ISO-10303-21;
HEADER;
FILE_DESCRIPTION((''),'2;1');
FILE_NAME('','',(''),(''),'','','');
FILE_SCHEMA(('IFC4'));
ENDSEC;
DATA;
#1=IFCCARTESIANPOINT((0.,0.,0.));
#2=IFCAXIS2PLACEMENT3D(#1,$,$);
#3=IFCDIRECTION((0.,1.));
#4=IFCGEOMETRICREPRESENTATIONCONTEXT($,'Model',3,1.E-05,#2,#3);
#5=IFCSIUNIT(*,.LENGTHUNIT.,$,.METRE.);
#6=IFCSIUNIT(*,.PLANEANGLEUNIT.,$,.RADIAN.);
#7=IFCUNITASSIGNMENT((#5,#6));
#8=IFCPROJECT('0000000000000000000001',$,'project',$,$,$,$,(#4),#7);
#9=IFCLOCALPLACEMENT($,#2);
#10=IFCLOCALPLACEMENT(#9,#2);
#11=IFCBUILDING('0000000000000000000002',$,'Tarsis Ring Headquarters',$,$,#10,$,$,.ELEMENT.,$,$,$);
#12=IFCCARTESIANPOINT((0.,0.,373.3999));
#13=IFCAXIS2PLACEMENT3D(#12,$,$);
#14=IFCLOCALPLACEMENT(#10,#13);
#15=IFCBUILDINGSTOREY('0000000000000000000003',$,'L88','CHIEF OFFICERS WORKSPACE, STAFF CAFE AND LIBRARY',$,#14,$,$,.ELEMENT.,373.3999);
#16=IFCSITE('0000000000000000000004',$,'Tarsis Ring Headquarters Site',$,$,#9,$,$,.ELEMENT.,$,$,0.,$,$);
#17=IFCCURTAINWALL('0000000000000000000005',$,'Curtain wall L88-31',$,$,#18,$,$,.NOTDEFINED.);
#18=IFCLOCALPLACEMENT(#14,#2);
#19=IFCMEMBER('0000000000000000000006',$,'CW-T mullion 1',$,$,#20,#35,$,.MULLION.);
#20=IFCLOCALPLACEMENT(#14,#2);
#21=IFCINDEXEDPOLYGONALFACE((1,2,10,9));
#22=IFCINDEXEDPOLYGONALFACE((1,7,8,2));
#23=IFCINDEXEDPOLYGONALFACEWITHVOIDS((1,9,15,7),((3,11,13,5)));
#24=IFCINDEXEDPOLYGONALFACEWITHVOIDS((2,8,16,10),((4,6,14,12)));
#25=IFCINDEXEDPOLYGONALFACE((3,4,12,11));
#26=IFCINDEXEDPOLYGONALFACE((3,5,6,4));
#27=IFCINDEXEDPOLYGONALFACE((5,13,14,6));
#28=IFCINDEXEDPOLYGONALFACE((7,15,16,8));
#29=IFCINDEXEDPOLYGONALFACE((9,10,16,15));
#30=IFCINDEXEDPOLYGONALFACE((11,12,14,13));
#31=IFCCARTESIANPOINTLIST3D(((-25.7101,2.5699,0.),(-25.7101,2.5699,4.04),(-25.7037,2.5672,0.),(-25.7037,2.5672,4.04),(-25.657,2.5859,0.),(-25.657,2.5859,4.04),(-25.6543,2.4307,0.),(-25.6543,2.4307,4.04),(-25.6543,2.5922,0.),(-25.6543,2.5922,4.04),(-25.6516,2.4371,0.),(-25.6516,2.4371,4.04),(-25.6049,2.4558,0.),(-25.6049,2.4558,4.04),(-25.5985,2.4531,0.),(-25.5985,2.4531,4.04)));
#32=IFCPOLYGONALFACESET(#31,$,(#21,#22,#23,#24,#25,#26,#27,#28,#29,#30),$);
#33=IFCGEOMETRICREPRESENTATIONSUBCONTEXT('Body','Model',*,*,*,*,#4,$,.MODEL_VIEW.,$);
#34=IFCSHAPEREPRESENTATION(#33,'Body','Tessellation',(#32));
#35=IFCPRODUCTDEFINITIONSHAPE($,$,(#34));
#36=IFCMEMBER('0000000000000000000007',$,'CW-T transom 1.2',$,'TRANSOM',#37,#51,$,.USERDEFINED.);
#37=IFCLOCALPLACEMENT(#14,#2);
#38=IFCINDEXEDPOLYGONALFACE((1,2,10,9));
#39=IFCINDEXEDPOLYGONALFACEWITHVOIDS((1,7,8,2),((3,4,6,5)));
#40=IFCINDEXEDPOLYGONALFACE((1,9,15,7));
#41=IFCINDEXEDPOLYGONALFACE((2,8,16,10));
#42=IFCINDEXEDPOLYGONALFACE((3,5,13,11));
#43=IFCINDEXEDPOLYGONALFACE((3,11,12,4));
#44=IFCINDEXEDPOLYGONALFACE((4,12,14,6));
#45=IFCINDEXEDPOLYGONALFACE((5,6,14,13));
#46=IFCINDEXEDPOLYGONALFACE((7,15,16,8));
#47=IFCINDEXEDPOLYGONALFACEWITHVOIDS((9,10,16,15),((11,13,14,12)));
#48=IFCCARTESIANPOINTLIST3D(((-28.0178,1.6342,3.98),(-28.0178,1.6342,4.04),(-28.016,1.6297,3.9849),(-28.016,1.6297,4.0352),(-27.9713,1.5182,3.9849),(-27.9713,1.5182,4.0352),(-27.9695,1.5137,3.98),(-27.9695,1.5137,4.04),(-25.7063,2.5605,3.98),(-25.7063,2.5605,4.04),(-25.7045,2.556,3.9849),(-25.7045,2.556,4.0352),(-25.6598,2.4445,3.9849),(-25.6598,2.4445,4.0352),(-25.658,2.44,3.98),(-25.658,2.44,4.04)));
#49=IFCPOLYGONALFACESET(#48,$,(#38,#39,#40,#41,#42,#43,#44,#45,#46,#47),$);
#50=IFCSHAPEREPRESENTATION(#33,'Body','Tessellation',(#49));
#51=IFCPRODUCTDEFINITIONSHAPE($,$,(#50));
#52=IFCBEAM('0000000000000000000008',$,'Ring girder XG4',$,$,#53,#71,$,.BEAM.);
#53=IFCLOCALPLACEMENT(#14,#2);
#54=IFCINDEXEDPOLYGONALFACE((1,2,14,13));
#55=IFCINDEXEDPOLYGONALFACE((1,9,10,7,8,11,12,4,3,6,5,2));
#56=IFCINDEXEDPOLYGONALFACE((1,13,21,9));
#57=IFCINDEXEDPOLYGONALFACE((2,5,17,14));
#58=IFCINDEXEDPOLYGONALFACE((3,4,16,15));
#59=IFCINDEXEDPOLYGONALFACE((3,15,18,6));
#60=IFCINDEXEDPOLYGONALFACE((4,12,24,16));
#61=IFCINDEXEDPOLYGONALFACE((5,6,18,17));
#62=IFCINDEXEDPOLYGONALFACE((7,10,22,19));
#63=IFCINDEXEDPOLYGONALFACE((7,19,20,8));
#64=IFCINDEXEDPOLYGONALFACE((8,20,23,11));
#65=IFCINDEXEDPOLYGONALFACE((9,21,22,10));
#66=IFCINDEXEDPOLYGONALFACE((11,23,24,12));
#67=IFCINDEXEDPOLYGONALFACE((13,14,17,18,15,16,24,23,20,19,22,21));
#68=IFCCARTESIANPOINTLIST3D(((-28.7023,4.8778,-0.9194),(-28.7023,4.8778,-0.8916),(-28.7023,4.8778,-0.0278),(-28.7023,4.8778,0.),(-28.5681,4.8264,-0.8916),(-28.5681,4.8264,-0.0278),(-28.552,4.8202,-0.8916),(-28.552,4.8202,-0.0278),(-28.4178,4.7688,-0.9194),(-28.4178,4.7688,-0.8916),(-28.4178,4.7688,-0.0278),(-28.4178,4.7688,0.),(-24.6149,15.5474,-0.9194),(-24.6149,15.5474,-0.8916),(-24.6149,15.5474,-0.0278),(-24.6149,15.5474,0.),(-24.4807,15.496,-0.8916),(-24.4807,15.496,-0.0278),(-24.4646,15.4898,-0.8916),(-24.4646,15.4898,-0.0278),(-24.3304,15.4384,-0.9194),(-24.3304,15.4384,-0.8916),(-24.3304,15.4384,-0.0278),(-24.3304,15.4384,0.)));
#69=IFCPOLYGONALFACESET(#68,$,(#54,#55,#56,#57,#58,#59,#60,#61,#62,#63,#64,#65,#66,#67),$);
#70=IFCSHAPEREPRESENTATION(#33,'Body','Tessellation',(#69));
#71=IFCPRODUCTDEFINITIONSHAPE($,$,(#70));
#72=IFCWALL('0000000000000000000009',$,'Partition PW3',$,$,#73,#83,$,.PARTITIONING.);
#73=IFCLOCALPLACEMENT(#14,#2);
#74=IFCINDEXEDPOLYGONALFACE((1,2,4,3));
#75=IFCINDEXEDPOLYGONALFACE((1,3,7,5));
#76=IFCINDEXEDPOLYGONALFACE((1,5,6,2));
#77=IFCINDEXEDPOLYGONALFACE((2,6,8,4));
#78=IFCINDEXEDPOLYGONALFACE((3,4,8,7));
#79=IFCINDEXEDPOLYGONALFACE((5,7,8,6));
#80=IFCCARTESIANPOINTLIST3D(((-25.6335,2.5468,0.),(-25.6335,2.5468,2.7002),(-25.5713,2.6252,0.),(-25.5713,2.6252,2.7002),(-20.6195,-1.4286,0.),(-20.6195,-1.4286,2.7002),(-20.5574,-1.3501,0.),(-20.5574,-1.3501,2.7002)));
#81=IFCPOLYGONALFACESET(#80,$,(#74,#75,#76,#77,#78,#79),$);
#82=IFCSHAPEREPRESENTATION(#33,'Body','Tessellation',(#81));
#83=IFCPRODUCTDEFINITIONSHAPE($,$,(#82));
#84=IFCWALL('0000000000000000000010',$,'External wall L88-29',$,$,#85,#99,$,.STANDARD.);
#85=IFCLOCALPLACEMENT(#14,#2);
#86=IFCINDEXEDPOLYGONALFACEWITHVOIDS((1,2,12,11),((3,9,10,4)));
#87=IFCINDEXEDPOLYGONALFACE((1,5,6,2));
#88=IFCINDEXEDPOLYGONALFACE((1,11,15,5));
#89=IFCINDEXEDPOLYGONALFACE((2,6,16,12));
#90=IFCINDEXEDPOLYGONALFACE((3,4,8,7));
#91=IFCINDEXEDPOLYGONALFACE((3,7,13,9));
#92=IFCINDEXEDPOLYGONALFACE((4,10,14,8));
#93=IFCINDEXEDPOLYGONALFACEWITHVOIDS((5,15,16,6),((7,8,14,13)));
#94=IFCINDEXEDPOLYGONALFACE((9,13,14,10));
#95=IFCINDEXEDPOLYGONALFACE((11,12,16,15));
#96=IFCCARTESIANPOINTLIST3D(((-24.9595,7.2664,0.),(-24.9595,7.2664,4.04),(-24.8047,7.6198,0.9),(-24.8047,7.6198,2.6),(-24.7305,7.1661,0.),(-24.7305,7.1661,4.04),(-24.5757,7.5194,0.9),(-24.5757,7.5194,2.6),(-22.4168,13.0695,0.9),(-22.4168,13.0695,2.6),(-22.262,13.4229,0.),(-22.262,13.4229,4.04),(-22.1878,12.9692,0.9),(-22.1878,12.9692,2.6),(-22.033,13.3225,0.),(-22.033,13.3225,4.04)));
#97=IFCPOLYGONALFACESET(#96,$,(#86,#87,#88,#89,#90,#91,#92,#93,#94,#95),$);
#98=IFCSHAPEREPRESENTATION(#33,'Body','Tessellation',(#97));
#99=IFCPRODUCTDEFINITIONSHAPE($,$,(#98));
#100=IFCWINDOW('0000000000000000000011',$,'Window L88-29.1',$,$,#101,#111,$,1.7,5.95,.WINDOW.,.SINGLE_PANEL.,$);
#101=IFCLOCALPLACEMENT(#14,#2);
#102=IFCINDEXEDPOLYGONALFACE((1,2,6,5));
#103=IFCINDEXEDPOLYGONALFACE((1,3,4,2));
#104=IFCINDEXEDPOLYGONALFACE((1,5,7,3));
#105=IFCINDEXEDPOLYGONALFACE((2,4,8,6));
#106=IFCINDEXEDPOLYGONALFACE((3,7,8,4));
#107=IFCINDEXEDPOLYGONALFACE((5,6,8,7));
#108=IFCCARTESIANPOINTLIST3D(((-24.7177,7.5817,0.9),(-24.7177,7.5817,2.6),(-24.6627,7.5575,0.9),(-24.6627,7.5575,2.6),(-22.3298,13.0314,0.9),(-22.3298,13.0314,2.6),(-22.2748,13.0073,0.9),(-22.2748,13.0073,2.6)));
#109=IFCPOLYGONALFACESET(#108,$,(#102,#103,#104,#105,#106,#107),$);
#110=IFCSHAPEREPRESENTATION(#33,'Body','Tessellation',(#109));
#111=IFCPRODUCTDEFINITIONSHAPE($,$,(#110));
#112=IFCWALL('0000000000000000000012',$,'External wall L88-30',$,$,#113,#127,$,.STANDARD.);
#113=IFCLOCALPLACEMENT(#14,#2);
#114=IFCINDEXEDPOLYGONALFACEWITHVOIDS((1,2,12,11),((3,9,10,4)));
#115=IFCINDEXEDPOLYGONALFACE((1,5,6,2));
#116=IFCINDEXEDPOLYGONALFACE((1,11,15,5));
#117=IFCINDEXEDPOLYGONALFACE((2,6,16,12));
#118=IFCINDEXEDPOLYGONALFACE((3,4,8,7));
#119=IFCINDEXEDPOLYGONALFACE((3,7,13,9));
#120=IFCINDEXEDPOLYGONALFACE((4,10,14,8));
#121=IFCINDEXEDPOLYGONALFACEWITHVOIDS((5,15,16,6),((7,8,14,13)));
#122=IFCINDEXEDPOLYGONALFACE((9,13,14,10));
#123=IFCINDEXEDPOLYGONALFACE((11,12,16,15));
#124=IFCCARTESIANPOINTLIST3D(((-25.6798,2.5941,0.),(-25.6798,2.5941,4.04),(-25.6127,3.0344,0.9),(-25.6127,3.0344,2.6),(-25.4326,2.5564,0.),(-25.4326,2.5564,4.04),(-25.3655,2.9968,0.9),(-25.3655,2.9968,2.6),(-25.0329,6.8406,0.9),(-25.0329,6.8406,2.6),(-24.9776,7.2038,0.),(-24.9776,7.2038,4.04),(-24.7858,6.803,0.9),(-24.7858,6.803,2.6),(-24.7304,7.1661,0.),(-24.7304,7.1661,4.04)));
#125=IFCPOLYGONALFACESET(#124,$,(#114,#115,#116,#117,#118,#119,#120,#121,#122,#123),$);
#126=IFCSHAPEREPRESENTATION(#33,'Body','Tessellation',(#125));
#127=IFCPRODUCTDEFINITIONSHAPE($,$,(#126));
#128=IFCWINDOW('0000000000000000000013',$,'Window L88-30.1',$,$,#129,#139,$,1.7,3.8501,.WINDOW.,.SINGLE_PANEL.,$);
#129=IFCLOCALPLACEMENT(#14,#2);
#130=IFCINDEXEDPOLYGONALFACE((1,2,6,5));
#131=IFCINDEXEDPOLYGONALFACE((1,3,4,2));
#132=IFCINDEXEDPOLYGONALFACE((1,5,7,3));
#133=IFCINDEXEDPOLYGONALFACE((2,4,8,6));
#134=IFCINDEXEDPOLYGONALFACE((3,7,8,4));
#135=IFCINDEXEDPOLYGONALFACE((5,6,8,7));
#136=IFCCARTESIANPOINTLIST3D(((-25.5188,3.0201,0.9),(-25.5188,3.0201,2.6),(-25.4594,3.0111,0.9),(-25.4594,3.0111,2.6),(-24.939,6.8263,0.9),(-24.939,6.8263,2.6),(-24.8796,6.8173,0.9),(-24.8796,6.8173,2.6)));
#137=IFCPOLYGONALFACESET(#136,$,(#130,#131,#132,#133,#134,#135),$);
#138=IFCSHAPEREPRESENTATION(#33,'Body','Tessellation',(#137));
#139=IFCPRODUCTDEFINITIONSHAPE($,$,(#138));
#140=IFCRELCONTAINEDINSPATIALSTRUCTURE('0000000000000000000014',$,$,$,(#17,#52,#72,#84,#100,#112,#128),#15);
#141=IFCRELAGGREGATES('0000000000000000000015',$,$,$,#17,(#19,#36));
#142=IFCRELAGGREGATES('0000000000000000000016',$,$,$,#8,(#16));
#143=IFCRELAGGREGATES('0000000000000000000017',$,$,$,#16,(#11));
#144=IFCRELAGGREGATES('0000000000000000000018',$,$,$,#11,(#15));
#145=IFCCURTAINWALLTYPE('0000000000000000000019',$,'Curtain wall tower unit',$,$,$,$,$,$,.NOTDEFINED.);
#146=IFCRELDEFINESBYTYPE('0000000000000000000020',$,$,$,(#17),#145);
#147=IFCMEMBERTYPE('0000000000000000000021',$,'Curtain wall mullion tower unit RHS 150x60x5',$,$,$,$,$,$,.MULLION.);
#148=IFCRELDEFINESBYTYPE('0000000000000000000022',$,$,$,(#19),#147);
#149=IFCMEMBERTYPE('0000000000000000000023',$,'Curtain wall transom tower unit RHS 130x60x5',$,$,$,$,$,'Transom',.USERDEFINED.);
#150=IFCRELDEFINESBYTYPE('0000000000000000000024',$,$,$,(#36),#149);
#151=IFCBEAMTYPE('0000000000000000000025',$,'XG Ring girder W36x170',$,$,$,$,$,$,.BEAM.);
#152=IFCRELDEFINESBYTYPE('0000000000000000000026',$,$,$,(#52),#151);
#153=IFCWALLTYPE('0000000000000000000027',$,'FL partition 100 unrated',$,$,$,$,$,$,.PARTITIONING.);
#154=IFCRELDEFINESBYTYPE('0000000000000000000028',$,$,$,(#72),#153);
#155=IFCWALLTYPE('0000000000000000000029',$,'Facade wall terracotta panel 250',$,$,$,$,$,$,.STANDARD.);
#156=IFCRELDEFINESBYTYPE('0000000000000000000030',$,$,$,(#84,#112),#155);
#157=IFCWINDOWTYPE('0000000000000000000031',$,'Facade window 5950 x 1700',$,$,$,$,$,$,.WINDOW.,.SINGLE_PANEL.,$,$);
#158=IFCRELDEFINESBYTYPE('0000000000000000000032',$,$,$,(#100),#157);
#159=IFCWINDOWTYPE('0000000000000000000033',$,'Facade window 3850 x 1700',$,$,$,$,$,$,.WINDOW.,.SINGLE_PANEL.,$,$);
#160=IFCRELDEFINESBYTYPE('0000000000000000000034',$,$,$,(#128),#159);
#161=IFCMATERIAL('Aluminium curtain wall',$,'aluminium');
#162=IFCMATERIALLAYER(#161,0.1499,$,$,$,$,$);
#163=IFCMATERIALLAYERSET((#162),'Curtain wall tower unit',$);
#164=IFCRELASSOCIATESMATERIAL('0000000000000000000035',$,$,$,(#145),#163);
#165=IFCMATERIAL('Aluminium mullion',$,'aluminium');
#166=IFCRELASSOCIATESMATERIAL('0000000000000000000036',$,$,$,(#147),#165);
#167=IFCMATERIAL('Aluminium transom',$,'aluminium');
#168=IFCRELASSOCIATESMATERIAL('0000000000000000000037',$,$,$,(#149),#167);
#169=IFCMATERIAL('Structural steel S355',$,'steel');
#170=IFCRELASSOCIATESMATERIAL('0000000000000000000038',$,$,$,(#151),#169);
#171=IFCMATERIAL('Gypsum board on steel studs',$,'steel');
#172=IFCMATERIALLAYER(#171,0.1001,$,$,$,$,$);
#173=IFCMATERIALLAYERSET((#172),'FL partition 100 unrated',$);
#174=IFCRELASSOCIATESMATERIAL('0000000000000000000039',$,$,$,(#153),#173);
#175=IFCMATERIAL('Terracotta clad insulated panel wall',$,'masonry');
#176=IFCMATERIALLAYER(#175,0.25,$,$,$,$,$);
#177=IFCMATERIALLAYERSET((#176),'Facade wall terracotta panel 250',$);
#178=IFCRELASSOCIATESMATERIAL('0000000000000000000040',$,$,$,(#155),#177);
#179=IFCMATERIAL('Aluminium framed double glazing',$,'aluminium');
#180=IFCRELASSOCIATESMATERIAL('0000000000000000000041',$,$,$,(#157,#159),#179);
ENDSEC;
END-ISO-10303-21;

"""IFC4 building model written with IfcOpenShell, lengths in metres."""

from ifc_helpers import new_model, si_unit, direction, frame, frame_2d, origin, origin_2d, place, context, subcontext, project, spatial, rectangle, hollow_rectangle, i_section, extrude, material, layer, layer_set, material_profile, profile_set, type_object, element, fill, aggregate, save


model = new_model("IFC4")

# Units and contexts
model_context = context("Model", 3, precision=1e-05, world=origin(), true_north=direction((0.0, 1.0)))
body_context = subcontext(model_context, "Body", "Model", "MODEL_VIEW")
ifc_project = project(units=[si_unit("LENGTHUNIT", "METRE"), si_unit("PLANEANGLEUNIT", "RADIAN")], contexts=[model_context])

# Site, building, storey
site_placement = place(None, origin())
site = spatial("IfcSite", under=ifc_project, at=site_placement, Name="Tarsis Ring Headquarters Site", CompositionType="ELEMENT", RefElevation=0.0)
building_placement = place(site_placement, origin())
building = spatial("IfcBuilding", under=site, at=building_placement, Name="Tarsis Ring Headquarters", CompositionType="ELEMENT")
storey_placement = place(building_placement, frame((0.0, 0.0, 373.3999)))
storey = spatial("IfcBuildingStorey", under=building, at=storey_placement, Name="L88", Description="CHIEF OFFICERS WORKSPACE, STAFF CAFE AND LIBRARY", CompositionType="ELEMENT", Elevation=373.3999)

# Curtain wall, members
ifc_material_1 = material(Name="Aluminium curtain wall", Category="aluminium")
ifc_layer_1 = layer(ifc_material_1, 0.1499)
ifc_layer_set_1 = layer_set([ifc_layer_1], Name="Curtain wall tower unit")
curtain_wall_type = type_object("IfcCurtainWallType", Name="Curtain wall tower unit", PredefinedType="NOTDEFINED", material=ifc_layer_set_1)
curtain_wall_placement = place(storey_placement, origin())
curtain_wall = element("IfcCurtainWall", 1, at=curtain_wall_placement, inside=storey, type_object=curtain_wall_type, Name="Curtain wall L88-31", PredefinedType="NOTDEFINED")
ifc_material_2 = material(Name="Aluminium mullion", Category="aluminium")
ifc_material_profile_1 = material_profile(ifc_material_2, hollow_rectangle(XDim=0.1499, YDim=0.0601, WallThickness=0.0049, at=origin_2d()), Name="RHS 150x60x5")
ifc_profile_set_1 = profile_set([ifc_material_profile_1], Name="Aluminium mullion")
member_type_1 = type_object("IfcMemberType", Name="Curtain wall mullion tower unit RHS 150x60x5", PredefinedType="MULLION", material=ifc_profile_set_1)
member_1_placement = place(storey_placement, frame((-25.6543, 2.5115, 0.0), z_axis=(0.0, 0.0, 1.0), x_axis=(0.372016, -0.928226, 0.0)))
member_1 = element("IfcMember", 2, at=member_1_placement, type_object=member_type_1, Name="CW-T mullion 1", PredefinedType="MULLION", context=body_context, shape_type="SweptSolid", body=[
    extrude(hollow_rectangle(XDim=0.1499, YDim=0.0601, WallThickness=0.0049, at=origin_2d()), origin(), (0.0, 0.0, 1.0), 4.04),
])
ifc_material_3 = material(Name="Aluminium transom", Category="aluminium")
ifc_material_profile_2 = material_profile(ifc_material_3, hollow_rectangle(XDim=0.1299, YDim=0.0601, WallThickness=0.0049, at=origin_2d()), Name="RHS 130x60x5")
ifc_profile_set_2 = profile_set([ifc_material_profile_2], Name="Aluminium transom")
member_type_2 = type_object("IfcMemberType", Name="Curtain wall transom tower unit RHS 130x60x5", ElementType="Transom", PredefinedType="USERDEFINED", material=ifc_profile_set_2)
member_2_placement = place(storey_placement, frame((-25.6821, 2.5002, 4.01), z_axis=(-0.928247, -0.371965, 0.0), x_axis=(0.371965, -0.928247, 0.0)))
member_2 = element("IfcMember", 3, at=member_2_placement, type_object=member_type_2, Name="CW-T transom 1.2", ObjectType="TRANSOM", PredefinedType="USERDEFINED", context=body_context, shape_type="SweptSolid", body=[
    extrude(hollow_rectangle(XDim=0.1299, YDim=0.0601, WallThickness=0.0049, at=origin_2d()), origin(), (0.0, 0.0, 1.0), 2.4902),
])
aggregate(curtain_wall, [member_1, member_2])

# Beam
ifc_material_4 = material(Name="Structural steel S355", Category="steel")
ifc_material_profile_3 = material_profile(ifc_material_4, i_section(OverallWidth=0.3047, OverallDepth=0.9194, WebThickness=0.0173, FlangeThickness=0.0278, at=origin_2d()), Name="W36x170")
ifc_profile_set_3 = profile_set([ifc_material_profile_3], Name="Structural steel S355")
beam_type = type_object("IfcBeamType", Name="XG Ring girder W36x170", PredefinedType="BEAM", material=ifc_profile_set_3)
beam_placement = place(storey_placement, frame((-24.4727, 15.4929, -0.4597), z_axis=(-0.357734, -0.933823, 0.0), x_axis=(0.933823, -0.357734, 0.0)))
element("IfcBeam", 4, at=beam_placement, inside=storey, type_object=beam_type, Name="Ring girder XG4", PredefinedType="BEAM", context=body_context, shape_type="SweptSolid", body=[
    extrude(i_section(OverallWidth=0.3047, OverallDepth=0.9194, WebThickness=0.0173, FlangeThickness=0.0278, at=origin_2d()), origin(), (0.0, 0.0, 1.0), 11.4258),
])

# Wall
ifc_material_5 = material(Name="Gypsum board on steel studs", Category="steel")
ifc_layer_2 = layer(ifc_material_5, 0.1001)
ifc_layer_set_2 = layer_set([ifc_layer_2], Name="FL partition 100 unrated")
wall_type_1 = type_object("IfcWallType", Name="FL partition 100 unrated", PredefinedType="PARTITIONING", material=ifc_layer_set_2)
wall_1_placement = place(storey_placement, frame((-25.6023, 2.5859, 0.0), z_axis=(0.0, 0.0, 1.0), x_axis=(0.78359, -0.621278, 0.0)))
element("IfcWall", 5, at=wall_1_placement, inside=storey, type_object=wall_type_1, Name="Partition PW3", PredefinedType="PARTITIONING", context=body_context, shape_type="SweptSolid", body=[
    extrude(rectangle(XDim=6.3987, YDim=0.1001, at=frame_2d((3.1992, 0.0))), origin(), (0.0, 0.0, 1.0), 2.7002),
])

# Walls, openings, windows
ifc_material_6 = material(Name="Terracotta clad insulated panel wall", Category="masonry")
ifc_layer_3 = layer(ifc_material_6, 0.25)
ifc_layer_set_3 = layer_set([ifc_layer_3], Name="Facade wall terracotta panel 250")
wall_type_2 = type_object("IfcWallType", Name="Facade wall terracotta panel 250", PredefinedType="STANDARD", material=ifc_layer_set_3)
wall_2_placement = place(storey_placement, frame((-22.1475, 13.3728, 0.0), z_axis=(0.0, 0.0, 1.0), x_axis=(-0.401324, -0.915936, 0.0)))
wall_2 = element("IfcWall", 6, at=wall_2_placement, inside=storey, type_object=wall_type_2, Name="External wall L88-29", PredefinedType="STANDARD", context=body_context, shape_type="SweptSolid", body=[
    extrude(rectangle(XDim=6.7214, YDim=0.25, at=frame_2d((3.3608, 0.0))), origin(), (0.0, 0.0, 1.0), 4.04),
])
opening_1_placement = place(wall_2_placement, frame((0.3857, 0.0, 0.8999)))
opening_1 = element("IfcOpeningElement", 7, at=opening_1_placement, cuts=wall_2, PredefinedType="OPENING", context=body_context, shape_type="SweptSolid", body=[
    extrude(rectangle(XDim=5.95, YDim=1.7, at=frame_2d((2.9751, 0.8501))), frame((0.0, 0.135, 0.0), z_axis=(0.0, -1.0, 0.0), x_axis=(1.0, 0.0, 0.0)), (0.0, 0.0, 1.0), 0.27),
])
ifc_material_7 = material(Name="Aluminium framed double glazing", Category="aluminium")
window_type_1 = type_object("IfcWindowType", Name="Facade window 5950 x 1700", PartitioningType="SINGLE_PANEL", PredefinedType="WINDOW", material=ifc_material_7)
window_1_placement = place(opening_1_placement, origin())
window_1 = element("IfcWindow", 8, at=window_1_placement, inside=storey, type_object=window_type_1, Name="Window L88-29.1", OverallHeight=1.7, OverallWidth=5.95, PartitioningType="SINGLE_PANEL", PredefinedType="WINDOW", context=body_context, shape_type="SweptSolid", body=[
    extrude(rectangle(XDim=5.95, YDim=1.7, at=frame_2d((2.9751, 0.8501))), frame((0.0, 0.03, 0.0), z_axis=(0.0, -1.0, 0.0), x_axis=(1.0, 0.0, 0.0)), (0.0, 0.0, 1.0), 0.0601),
])
fill(opening_1, window_1)
wall_3_placement = place(storey_placement, frame((-24.854, 7.1851, 0.0), z_axis=(0.0, 0.0, 1.0), x_axis=(-0.150586, -0.988597, 0.0)))
wall_3 = element("IfcWall", 9, at=wall_3_placement, inside=storey, type_object=wall_type_2, Name="External wall L88-30", PredefinedType="STANDARD", context=body_context, shape_type="SweptSolid", body=[
    extrude(rectangle(XDim=4.6628, YDim=0.25, at=frame_2d((2.3315, 0.0))), origin(), (0.0, 0.0, 1.0), 4.04),
])
opening_2_placement = place(wall_3_placement, frame((0.3674, 0.0, 0.8999)))
opening_2 = element("IfcOpeningElement", 10, at=opening_2_placement, cuts=wall_3, PredefinedType="OPENING", context=body_context, shape_type="SweptSolid", body=[
    extrude(rectangle(XDim=3.8501, YDim=1.7, at=frame_2d((1.925, 0.8501))), frame((0.0, 0.135, 0.0), z_axis=(0.0, -1.0, 0.0), x_axis=(1.0, 0.0, 0.0)), (0.0, 0.0, 1.0), 0.27),
])
window_type_2 = type_object("IfcWindowType", Name="Facade window 3850 x 1700", PartitioningType="SINGLE_PANEL", PredefinedType="WINDOW", material=ifc_material_7)
window_2_placement = place(opening_2_placement, origin())
window_2 = element("IfcWindow", 11, at=window_2_placement, inside=storey, type_object=window_type_2, Name="Window L88-30.1", OverallHeight=1.7, OverallWidth=3.8501, PartitioningType="SINGLE_PANEL", PredefinedType="WINDOW", context=body_context, shape_type="SweptSolid", body=[
    extrude(rectangle(XDim=3.8501, YDim=1.7, at=frame_2d((1.925, 0.8501))), frame((0.0, 0.03, 0.0), z_axis=(0.0, -1.0, 0.0), x_axis=(1.0, 0.0, 0.0)), (0.0, 0.0, 1.0), 0.0601),
])
fill(opening_2, window_2)

save(model, "model.ifc")
